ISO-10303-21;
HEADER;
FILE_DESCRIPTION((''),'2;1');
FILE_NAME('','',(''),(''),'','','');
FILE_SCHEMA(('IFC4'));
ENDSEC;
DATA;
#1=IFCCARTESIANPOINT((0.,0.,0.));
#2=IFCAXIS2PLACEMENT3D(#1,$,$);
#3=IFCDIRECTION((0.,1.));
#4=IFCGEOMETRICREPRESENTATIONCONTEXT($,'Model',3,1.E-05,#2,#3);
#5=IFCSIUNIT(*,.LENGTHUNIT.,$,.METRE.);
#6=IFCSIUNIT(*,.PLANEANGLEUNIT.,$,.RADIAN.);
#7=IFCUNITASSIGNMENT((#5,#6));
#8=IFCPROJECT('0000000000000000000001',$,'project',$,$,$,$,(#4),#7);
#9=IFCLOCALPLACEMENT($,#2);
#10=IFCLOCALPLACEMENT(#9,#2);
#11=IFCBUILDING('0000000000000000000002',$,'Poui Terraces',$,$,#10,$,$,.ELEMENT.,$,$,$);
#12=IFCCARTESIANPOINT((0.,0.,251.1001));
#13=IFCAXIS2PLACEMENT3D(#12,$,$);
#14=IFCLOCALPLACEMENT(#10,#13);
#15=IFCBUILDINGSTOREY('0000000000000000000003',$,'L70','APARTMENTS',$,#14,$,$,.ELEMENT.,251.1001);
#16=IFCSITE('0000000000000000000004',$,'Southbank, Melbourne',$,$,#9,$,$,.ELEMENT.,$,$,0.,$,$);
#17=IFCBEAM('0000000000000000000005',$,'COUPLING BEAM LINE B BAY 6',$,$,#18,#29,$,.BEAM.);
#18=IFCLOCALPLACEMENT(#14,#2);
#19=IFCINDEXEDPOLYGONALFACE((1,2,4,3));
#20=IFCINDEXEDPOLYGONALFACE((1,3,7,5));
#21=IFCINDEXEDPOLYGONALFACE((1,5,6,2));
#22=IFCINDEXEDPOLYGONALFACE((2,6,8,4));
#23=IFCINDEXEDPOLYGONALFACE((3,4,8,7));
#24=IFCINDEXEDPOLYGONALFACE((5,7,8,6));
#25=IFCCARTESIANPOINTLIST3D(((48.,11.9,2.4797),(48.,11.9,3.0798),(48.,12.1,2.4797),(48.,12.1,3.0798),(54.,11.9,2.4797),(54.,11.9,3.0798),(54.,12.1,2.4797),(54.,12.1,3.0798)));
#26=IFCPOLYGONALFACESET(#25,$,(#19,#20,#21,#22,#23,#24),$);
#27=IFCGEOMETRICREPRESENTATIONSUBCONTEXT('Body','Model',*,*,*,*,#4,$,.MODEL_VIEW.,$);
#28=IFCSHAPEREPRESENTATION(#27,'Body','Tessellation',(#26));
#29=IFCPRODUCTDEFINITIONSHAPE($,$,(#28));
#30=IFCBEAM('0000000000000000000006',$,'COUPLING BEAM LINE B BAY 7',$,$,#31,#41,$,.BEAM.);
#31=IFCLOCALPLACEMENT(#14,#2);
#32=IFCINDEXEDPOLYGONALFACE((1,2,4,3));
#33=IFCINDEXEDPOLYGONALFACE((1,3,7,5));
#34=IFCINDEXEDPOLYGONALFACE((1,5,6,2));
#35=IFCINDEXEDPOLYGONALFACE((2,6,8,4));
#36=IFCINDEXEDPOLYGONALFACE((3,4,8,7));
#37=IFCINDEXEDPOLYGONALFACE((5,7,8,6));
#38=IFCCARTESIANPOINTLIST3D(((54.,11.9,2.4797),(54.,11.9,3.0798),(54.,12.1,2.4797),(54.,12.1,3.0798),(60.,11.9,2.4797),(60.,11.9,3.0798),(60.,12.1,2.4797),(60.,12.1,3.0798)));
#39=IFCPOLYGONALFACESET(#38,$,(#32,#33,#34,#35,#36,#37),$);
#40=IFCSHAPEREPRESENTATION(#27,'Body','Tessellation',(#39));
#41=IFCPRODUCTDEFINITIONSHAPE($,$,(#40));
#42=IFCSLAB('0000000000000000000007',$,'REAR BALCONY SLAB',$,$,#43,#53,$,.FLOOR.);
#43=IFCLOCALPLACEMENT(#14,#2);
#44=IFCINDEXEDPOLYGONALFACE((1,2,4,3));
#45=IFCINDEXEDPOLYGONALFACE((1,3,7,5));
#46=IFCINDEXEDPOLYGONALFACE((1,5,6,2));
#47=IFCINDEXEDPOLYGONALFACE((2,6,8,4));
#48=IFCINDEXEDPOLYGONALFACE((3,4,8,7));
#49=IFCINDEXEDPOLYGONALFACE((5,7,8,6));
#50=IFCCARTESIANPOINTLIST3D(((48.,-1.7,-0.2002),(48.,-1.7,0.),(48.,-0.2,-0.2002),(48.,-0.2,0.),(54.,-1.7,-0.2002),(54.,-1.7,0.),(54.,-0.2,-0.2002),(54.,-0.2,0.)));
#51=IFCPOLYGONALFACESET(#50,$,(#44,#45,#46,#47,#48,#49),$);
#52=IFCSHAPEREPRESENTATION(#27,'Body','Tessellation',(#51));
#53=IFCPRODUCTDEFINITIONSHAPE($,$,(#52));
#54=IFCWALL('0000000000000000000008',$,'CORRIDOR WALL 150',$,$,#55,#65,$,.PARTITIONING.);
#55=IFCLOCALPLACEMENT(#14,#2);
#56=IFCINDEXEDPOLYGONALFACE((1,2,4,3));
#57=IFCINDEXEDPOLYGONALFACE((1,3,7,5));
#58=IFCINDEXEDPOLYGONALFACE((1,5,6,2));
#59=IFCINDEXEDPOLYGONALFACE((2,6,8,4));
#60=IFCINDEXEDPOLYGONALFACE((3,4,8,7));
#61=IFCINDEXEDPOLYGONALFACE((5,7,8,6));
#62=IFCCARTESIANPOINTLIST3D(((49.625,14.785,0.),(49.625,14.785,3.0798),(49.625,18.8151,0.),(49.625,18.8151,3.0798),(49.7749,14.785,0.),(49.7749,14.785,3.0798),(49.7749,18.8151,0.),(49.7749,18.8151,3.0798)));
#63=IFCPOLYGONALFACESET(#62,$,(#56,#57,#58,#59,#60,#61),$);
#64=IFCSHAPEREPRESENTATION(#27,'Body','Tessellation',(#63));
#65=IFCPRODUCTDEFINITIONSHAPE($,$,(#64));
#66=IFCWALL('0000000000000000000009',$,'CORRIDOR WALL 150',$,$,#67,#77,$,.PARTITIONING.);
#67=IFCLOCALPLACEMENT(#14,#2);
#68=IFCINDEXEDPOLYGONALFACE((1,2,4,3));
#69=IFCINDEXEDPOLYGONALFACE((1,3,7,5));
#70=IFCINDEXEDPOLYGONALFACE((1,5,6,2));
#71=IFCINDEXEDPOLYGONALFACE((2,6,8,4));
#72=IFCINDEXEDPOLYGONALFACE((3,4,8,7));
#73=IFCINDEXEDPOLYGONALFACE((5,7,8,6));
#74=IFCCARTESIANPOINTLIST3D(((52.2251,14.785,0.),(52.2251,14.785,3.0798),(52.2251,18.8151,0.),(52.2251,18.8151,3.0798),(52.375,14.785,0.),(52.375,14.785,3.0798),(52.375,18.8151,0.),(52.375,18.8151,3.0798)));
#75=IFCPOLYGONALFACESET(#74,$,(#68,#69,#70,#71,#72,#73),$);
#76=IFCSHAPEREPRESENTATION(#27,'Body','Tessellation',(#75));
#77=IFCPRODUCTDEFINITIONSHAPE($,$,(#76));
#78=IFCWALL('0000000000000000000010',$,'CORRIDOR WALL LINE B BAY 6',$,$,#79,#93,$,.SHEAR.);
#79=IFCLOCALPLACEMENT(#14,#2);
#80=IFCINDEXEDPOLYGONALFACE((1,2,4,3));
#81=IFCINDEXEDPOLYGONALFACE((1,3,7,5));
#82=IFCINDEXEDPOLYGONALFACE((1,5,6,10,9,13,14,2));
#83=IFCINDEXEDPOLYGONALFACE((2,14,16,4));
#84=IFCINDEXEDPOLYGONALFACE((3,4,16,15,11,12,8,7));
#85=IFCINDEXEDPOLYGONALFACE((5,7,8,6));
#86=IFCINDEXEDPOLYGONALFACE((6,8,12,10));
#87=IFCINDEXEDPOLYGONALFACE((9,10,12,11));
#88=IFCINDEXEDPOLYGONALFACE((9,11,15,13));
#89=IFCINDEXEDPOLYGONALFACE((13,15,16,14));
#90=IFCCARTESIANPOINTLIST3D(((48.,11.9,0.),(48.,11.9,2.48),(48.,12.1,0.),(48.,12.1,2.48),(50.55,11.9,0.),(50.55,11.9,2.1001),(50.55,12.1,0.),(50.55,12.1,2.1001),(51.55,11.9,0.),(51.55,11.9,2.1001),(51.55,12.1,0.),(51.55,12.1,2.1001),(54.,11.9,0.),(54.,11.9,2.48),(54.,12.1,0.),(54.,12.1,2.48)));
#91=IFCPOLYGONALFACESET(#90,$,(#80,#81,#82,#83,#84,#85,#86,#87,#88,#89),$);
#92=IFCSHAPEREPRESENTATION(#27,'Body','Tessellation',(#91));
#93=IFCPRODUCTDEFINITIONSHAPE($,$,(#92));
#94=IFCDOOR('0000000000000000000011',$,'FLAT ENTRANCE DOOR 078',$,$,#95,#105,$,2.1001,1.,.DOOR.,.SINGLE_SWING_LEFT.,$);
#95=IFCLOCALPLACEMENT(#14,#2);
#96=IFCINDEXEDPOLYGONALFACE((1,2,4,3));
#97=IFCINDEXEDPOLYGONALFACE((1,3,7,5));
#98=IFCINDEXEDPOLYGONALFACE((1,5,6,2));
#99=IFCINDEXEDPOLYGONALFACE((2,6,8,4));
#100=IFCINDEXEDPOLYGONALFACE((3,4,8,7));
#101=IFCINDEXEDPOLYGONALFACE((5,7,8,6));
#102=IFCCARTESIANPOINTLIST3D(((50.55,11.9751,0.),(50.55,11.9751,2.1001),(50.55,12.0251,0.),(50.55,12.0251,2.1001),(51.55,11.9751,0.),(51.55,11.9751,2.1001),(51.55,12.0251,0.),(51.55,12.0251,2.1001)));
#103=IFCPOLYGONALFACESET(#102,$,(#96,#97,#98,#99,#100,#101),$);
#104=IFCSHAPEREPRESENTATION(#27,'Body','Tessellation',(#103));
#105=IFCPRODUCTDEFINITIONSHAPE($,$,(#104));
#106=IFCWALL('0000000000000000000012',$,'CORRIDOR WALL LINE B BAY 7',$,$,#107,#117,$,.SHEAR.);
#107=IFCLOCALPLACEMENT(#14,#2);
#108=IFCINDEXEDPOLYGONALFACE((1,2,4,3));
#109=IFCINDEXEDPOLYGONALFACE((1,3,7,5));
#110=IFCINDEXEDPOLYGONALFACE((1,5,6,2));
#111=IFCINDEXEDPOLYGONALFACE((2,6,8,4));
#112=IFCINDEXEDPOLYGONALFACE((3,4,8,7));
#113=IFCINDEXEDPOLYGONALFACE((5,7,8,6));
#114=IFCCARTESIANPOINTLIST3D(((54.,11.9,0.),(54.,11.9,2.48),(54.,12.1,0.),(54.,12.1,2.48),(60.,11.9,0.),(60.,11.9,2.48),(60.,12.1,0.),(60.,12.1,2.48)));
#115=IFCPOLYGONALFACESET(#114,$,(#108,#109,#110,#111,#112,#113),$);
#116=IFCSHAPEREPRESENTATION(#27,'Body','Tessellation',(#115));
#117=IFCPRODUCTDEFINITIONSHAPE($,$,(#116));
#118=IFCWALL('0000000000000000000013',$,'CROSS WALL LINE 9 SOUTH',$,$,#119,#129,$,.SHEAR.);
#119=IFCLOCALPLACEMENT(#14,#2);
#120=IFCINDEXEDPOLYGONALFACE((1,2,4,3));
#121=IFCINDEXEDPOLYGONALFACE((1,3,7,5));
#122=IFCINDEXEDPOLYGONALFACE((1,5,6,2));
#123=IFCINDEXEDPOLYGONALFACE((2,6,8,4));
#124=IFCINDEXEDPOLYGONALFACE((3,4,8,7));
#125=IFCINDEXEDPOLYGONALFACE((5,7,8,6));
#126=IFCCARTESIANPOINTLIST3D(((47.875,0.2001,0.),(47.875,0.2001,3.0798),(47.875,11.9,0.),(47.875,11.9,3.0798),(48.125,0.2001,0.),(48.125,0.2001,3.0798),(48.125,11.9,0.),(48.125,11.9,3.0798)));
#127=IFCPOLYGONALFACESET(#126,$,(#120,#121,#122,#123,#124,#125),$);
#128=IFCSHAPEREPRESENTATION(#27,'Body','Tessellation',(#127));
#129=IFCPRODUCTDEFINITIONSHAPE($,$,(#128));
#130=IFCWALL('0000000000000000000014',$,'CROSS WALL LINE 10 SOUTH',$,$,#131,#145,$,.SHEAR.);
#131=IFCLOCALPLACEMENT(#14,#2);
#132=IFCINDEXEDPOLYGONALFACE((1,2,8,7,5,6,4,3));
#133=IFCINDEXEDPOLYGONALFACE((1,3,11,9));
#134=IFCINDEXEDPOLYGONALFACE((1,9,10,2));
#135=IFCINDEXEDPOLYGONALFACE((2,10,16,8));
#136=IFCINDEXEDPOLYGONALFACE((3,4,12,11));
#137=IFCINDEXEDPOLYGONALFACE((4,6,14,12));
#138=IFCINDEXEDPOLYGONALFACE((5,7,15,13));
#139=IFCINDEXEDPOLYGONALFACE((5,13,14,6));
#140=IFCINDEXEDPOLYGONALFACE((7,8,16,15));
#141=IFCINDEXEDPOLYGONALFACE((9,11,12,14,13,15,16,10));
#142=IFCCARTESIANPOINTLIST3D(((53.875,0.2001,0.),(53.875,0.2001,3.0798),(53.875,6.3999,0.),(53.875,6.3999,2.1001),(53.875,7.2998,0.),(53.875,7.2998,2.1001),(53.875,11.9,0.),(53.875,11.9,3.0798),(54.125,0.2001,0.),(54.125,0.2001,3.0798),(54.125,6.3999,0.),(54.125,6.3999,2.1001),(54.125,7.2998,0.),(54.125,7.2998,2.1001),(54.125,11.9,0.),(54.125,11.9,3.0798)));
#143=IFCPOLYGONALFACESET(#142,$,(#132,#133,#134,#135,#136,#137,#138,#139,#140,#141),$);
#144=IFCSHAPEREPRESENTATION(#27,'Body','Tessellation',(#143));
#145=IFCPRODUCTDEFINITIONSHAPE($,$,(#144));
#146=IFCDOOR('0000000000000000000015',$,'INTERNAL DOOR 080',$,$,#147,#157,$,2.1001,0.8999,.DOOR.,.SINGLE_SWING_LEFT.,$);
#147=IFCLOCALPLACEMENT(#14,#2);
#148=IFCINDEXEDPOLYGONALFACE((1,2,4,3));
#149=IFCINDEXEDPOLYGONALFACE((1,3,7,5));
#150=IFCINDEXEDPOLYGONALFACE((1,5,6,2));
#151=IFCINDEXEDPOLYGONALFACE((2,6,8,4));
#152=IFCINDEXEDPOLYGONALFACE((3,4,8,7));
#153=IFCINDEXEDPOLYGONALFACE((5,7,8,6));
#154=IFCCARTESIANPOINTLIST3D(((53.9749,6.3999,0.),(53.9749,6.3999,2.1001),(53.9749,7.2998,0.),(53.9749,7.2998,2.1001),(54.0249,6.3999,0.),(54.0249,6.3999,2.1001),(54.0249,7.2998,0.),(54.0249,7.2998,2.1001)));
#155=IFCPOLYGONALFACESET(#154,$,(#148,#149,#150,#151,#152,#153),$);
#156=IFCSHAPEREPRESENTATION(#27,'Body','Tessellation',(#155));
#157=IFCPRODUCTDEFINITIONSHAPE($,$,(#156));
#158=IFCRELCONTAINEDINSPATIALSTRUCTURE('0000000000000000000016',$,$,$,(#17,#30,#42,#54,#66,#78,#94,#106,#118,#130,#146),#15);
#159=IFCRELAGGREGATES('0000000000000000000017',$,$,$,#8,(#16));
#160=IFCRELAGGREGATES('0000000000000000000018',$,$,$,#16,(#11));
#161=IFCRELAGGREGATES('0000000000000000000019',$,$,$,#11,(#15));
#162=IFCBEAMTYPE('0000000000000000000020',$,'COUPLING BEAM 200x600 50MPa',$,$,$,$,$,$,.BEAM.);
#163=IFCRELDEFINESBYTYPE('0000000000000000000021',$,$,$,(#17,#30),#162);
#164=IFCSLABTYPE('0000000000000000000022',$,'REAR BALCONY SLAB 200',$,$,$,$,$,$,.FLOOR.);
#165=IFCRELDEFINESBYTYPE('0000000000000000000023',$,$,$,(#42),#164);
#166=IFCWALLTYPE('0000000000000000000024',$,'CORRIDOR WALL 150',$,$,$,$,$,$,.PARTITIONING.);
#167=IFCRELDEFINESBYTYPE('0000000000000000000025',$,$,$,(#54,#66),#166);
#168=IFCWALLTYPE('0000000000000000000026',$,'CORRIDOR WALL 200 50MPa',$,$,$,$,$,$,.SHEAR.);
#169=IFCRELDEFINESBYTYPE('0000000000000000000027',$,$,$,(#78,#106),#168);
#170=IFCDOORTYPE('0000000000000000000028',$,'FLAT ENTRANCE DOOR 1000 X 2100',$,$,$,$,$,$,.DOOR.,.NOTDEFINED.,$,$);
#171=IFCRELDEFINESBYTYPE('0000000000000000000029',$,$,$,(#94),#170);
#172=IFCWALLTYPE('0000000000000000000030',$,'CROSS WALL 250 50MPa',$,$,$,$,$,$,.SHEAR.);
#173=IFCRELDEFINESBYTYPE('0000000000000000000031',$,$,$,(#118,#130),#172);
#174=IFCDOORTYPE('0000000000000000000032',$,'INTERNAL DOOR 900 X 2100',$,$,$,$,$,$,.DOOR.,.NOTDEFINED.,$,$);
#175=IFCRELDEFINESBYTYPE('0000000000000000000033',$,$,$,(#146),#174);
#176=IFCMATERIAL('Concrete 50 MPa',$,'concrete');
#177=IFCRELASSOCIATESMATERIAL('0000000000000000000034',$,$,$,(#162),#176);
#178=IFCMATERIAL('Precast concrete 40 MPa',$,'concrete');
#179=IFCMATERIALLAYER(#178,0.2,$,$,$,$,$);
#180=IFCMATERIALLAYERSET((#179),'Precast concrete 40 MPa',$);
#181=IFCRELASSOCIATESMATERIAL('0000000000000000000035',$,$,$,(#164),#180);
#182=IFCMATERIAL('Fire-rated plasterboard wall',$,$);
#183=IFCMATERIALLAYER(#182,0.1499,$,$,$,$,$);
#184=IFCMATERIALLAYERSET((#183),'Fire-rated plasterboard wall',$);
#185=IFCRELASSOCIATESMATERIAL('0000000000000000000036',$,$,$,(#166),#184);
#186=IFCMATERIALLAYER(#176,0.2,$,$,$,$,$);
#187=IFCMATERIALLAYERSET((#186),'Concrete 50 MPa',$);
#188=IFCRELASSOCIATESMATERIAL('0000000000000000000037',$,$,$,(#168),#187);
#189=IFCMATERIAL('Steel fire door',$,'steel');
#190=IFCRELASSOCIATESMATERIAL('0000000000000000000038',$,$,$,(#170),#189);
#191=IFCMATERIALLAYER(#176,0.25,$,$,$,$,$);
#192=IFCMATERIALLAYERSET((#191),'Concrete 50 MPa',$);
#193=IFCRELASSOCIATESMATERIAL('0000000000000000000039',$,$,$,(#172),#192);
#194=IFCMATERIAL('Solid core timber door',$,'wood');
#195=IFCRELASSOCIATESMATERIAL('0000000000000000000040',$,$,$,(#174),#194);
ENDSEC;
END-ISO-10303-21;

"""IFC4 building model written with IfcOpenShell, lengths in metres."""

from ifc_helpers import new_model, si_unit, direction, frame, frame_2d, origin, origin_2d, place, context, subcontext, project, spatial, polyline, rectangle, outline, extrude, source, transform, mapped, material, layer, layer_set, material_profile, profile_set, type_object, element, fill, save


model = new_model("IFC4")

# Units and contexts
model_context = context("Model", 3, precision=1e-05, world=origin(), true_north=direction((0.0, 1.0)))
body_context = subcontext(model_context, "Body", "Model", "MODEL_VIEW")
ifc_project = project(units=[si_unit("LENGTHUNIT", "METRE"), si_unit("PLANEANGLEUNIT", "RADIAN")], contexts=[model_context])

# Site, building, storey
site_placement = place(None, origin())
site = spatial("IfcSite", under=ifc_project, at=site_placement, Name="Southbank, Melbourne", CompositionType="ELEMENT", RefElevation=0.0)
building_placement = place(site_placement, origin())
building = spatial("IfcBuilding", under=site, at=building_placement, Name="Poui Terraces", CompositionType="ELEMENT")
storey_placement = place(building_placement, frame((0.0, 0.0, 251.1001)))
storey = spatial("IfcBuildingStorey", under=building, at=storey_placement, Name="L70", Description="APARTMENTS", CompositionType="ELEMENT", Elevation=251.1001)

# Beams
ifc_material_1 = material(Name="Concrete 50 MPa", Category="concrete")
ifc_material_profile_1 = material_profile(ifc_material_1, rectangle(XDim=0.2, YDim=0.6001, at=origin_2d()), Name="RC 200x600")
ifc_profile_set_1 = profile_set([ifc_material_profile_1], Name="Concrete 50 MPa")
beam_type = type_object("IfcBeamType", Name="COUPLING BEAM 200x600 50MPa", PredefinedType="BEAM", material=ifc_profile_set_1)
shared_shape_1 = source(origin(), body_context, "Body", "SweptSolid", [
    extrude(rectangle(XDim=0.2, YDim=0.6001, at=origin_2d()), origin(), (0.0, 0.0, 1.0), 6.0),
])
for number, where, z_axis, x_axis, name in (
    (1, (48.0, 12.0, 2.7798), (1.0, 0.0, 0.0), (0.0, 1.0, 0.0), "COUPLING BEAM LINE B BAY 6"),
    (2, (54.0, 12.0, 2.7798), (1.0, 0.0, 0.0), (0.0, 1.0, 0.0), "COUPLING BEAM LINE B BAY 7"),
):
    element("IfcBeam", number, at=place(storey_placement, frame(where, z_axis=z_axis, x_axis=x_axis)), inside=storey, type_object=beam_type, Name=name, PredefinedType="BEAM", context=body_context, shape_type="MappedRepresentation", body=[
        mapped(shared_shape_1, transform((0.0, 0.0, 0.0))),
    ])

# Slab
ifc_material_2 = material(Name="Precast concrete 40 MPa", Category="concrete")
ifc_layer_1 = layer(ifc_material_2, 0.2)
ifc_layer_set_1 = layer_set([ifc_layer_1], Name="Precast concrete 40 MPa")
slab_type = type_object("IfcSlabType", Name="REAR BALCONY SLAB 200", PredefinedType="FLOOR", material=ifc_layer_set_1)
shared_shape_2 = source(origin(), body_context, "Body", "SweptSolid", [
    extrude(outline(polyline([(0.0, 0.0), (6.0, 0.0), (6.0, 1.5), (0.0, 1.5), (0.0, 0.0)])), origin(), (0.0, 0.0, 1.0), 0.2002),
])
slab_placement = place(storey_placement, frame((48.0, -1.7, -0.2002)))
element("IfcSlab", 3, at=slab_placement, inside=storey, type_object=slab_type, Name="REAR BALCONY SLAB", PredefinedType="FLOOR", context=body_context, shape_type="MappedRepresentation", body=[
    mapped(shared_shape_2, transform((0.0, 0.0, 0.0))),
])

# Walls
ifc_material_3 = material(Name="Fire-rated plasterboard wall")
ifc_layer_2 = layer(ifc_material_3, 0.1499)
ifc_layer_set_2 = layer_set([ifc_layer_2], Name="Fire-rated plasterboard wall")
wall_type_1 = type_object("IfcWallType", Name="CORRIDOR WALL 150", PredefinedType="PARTITIONING", material=ifc_layer_set_2)
for number, where, z_axis, x_axis, name in (
    (4, (49.7, 14.7849, 0.0), (0.0, 0.0, 1.0), (0.0, 1.0, 0.0), "CORRIDOR WALL 150"),
    (5, (52.3, 14.7849, 0.0), (0.0, 0.0, 1.0), (0.0, 1.0, 0.0), "CORRIDOR WALL 150"),
):
    element("IfcWall", number, at=place(storey_placement, frame(where, z_axis=z_axis, x_axis=x_axis)), inside=storey, type_object=wall_type_1, Name=name, PredefinedType="PARTITIONING", context=body_context, shape_type="SweptSolid", body=[
        extrude(rectangle(XDim=4.03, YDim=0.1499, at=frame_2d((2.0151, 0.0))), origin(), (0.0, 0.0, 1.0), 3.0798),
    ])

# Wall, opening, door
ifc_layer_3 = layer(ifc_material_1, 0.2)
ifc_layer_set_3 = layer_set([ifc_layer_3], Name="Concrete 50 MPa")
wall_type_2 = type_object("IfcWallType", Name="CORRIDOR WALL 200 50MPa", PredefinedType="SHEAR", material=ifc_layer_set_3)
wall_1_placement = place(storey_placement, frame((48.0, 12.0, 0.0), z_axis=(0.0, 0.0, 1.0), x_axis=(1.0, 0.0, 0.0)))
wall_1 = element("IfcWall", 6, at=wall_1_placement, inside=storey, type_object=wall_type_2, Name="CORRIDOR WALL LINE B BAY 6", PredefinedType="SHEAR", context=body_context, shape_type="SweptSolid", body=[
    extrude(rectangle(XDim=6.0, YDim=0.2, at=frame_2d((3.0, 0.0))), origin(), (0.0, 0.0, 1.0), 2.48),
])
opening_1_placement = place(wall_1_placement, frame((2.55, 0.0, 0.0)))
opening_1 = element("IfcOpeningElement", 7, at=opening_1_placement, cuts=wall_1, PredefinedType="OPENING", context=body_context, shape_type="SweptSolid", body=[
    extrude(rectangle(XDim=1.0, YDim=2.1001, at=frame_2d((0.5, 1.05))), frame((0.0, 0.1099, 0.0), z_axis=(0.0, -1.0, 0.0), x_axis=(1.0, 0.0, 0.0)), (0.0, 0.0, 1.0), 0.22),
])
ifc_material_4 = material(Name="Steel fire door", Category="steel")
door_type_1 = type_object("IfcDoorType", Name="FLAT ENTRANCE DOOR 1000 X 2100", OperationType="NOTDEFINED", PredefinedType="DOOR", material=ifc_material_4)
door_1_placement = place(opening_1_placement, frame((1.0, 0.0, 0.0), z_axis=(0.0, 0.0, 1.0), x_axis=(-1.0, 0.0, 0.0)))
door_1 = element("IfcDoor", 8, at=door_1_placement, inside=storey, type_object=door_type_1, Name="FLAT ENTRANCE DOOR 078", OperationType="SINGLE_SWING_LEFT", OverallHeight=2.1001, OverallWidth=1.0, PredefinedType="DOOR", context=body_context, shape_type="SweptSolid", body=[
    extrude(rectangle(XDim=1.0, YDim=2.1001, at=frame_2d((0.5, 1.05))), frame((0.0, 0.0249, 0.0), z_axis=(0.0, -1.0, 0.0), x_axis=(1.0, 0.0, 0.0)), (0.0, 0.0, 1.0), 0.05),
])
fill(opening_1, door_1)

# Walls
wall_2_placement = place(storey_placement, frame((54.0, 12.0, 0.0), z_axis=(0.0, 0.0, 1.0), x_axis=(1.0, 0.0, 0.0)))
element("IfcWall", 9, at=wall_2_placement, inside=storey, type_object=wall_type_2, Name="CORRIDOR WALL LINE B BAY 7", PredefinedType="SHEAR", context=body_context, shape_type="SweptSolid", body=[
    extrude(rectangle(XDim=6.0, YDim=0.2, at=frame_2d((3.0, 0.0))), origin(), (0.0, 0.0, 1.0), 2.48),
])
ifc_layer_4 = layer(ifc_material_1, 0.25)
ifc_layer_set_4 = layer_set([ifc_layer_4], Name="Concrete 50 MPa")
wall_type_3 = type_object("IfcWallType", Name="CROSS WALL 250 50MPa", PredefinedType="SHEAR", material=ifc_layer_set_4)
wall_3_placement = place(storey_placement, frame((48.0, 0.2, 0.0), z_axis=(0.0, 0.0, 1.0), x_axis=(0.0, 1.0, 0.0)))
element("IfcWall", 10, at=wall_3_placement, inside=storey, type_object=wall_type_3, Name="CROSS WALL LINE 9 SOUTH", PredefinedType="SHEAR", context=body_context, shape_type="SweptSolid", body=[
    extrude(rectangle(XDim=11.7, YDim=0.25, at=frame_2d((5.8501, 0.0))), origin(), (0.0, 0.0, 1.0), 3.0798),
])

# Wall, opening, door
wall_4_placement = place(storey_placement, frame((54.0, 0.2, 0.0), z_axis=(0.0, 0.0, 1.0), x_axis=(0.0, 1.0, 0.0)))
wall_4 = element("IfcWall", 11, at=wall_4_placement, inside=storey, type_object=wall_type_3, Name="CROSS WALL LINE 10 SOUTH", PredefinedType="SHEAR", context=body_context, shape_type="SweptSolid", body=[
    extrude(rectangle(XDim=11.7, YDim=0.25, at=frame_2d((5.8501, 0.0))), origin(), (0.0, 0.0, 1.0), 3.0798),
])
opening_2_placement = place(wall_4_placement, frame((6.2, 0.0, 0.0)))
opening_2 = element("IfcOpeningElement", 12, at=opening_2_placement, cuts=wall_4, PredefinedType="OPENING", context=body_context, shape_type="SweptSolid", body=[
    extrude(rectangle(XDim=0.8999, YDim=2.1001, at=frame_2d((0.45, 1.05))), frame((0.0, 0.135, 0.0), z_axis=(0.0, -1.0, 0.0), x_axis=(1.0, 0.0, 0.0)), (0.0, 0.0, 1.0), 0.27),
])
ifc_material_5 = material(Name="Solid core timber door", Category="wood")
door_type_2 = type_object("IfcDoorType", Name="INTERNAL DOOR 900 X 2100", OperationType="NOTDEFINED", PredefinedType="DOOR", material=ifc_material_5)
door_2_placement = place(opening_2_placement, frame((0.8999, 0.0, 0.0), z_axis=(0.0, 0.0, 1.0), x_axis=(-1.0, 0.0, 0.0)))
door_2 = element("IfcDoor", 13, at=door_2_placement, inside=storey, type_object=door_type_2, Name="INTERNAL DOOR 080", OperationType="SINGLE_SWING_LEFT", OverallHeight=2.1001, OverallWidth=0.8999, PredefinedType="DOOR", context=body_context, shape_type="SweptSolid", body=[
    extrude(rectangle(XDim=0.8999, YDim=2.1001, at=frame_2d((0.45, 1.05))), frame((0.0, 0.0249, 0.0), z_axis=(0.0, -1.0, 0.0), x_axis=(1.0, 0.0, 0.0)), (0.0, 0.0, 1.0), 0.05),
])
fill(opening_2, door_2)

save(model, "model.ifc")
